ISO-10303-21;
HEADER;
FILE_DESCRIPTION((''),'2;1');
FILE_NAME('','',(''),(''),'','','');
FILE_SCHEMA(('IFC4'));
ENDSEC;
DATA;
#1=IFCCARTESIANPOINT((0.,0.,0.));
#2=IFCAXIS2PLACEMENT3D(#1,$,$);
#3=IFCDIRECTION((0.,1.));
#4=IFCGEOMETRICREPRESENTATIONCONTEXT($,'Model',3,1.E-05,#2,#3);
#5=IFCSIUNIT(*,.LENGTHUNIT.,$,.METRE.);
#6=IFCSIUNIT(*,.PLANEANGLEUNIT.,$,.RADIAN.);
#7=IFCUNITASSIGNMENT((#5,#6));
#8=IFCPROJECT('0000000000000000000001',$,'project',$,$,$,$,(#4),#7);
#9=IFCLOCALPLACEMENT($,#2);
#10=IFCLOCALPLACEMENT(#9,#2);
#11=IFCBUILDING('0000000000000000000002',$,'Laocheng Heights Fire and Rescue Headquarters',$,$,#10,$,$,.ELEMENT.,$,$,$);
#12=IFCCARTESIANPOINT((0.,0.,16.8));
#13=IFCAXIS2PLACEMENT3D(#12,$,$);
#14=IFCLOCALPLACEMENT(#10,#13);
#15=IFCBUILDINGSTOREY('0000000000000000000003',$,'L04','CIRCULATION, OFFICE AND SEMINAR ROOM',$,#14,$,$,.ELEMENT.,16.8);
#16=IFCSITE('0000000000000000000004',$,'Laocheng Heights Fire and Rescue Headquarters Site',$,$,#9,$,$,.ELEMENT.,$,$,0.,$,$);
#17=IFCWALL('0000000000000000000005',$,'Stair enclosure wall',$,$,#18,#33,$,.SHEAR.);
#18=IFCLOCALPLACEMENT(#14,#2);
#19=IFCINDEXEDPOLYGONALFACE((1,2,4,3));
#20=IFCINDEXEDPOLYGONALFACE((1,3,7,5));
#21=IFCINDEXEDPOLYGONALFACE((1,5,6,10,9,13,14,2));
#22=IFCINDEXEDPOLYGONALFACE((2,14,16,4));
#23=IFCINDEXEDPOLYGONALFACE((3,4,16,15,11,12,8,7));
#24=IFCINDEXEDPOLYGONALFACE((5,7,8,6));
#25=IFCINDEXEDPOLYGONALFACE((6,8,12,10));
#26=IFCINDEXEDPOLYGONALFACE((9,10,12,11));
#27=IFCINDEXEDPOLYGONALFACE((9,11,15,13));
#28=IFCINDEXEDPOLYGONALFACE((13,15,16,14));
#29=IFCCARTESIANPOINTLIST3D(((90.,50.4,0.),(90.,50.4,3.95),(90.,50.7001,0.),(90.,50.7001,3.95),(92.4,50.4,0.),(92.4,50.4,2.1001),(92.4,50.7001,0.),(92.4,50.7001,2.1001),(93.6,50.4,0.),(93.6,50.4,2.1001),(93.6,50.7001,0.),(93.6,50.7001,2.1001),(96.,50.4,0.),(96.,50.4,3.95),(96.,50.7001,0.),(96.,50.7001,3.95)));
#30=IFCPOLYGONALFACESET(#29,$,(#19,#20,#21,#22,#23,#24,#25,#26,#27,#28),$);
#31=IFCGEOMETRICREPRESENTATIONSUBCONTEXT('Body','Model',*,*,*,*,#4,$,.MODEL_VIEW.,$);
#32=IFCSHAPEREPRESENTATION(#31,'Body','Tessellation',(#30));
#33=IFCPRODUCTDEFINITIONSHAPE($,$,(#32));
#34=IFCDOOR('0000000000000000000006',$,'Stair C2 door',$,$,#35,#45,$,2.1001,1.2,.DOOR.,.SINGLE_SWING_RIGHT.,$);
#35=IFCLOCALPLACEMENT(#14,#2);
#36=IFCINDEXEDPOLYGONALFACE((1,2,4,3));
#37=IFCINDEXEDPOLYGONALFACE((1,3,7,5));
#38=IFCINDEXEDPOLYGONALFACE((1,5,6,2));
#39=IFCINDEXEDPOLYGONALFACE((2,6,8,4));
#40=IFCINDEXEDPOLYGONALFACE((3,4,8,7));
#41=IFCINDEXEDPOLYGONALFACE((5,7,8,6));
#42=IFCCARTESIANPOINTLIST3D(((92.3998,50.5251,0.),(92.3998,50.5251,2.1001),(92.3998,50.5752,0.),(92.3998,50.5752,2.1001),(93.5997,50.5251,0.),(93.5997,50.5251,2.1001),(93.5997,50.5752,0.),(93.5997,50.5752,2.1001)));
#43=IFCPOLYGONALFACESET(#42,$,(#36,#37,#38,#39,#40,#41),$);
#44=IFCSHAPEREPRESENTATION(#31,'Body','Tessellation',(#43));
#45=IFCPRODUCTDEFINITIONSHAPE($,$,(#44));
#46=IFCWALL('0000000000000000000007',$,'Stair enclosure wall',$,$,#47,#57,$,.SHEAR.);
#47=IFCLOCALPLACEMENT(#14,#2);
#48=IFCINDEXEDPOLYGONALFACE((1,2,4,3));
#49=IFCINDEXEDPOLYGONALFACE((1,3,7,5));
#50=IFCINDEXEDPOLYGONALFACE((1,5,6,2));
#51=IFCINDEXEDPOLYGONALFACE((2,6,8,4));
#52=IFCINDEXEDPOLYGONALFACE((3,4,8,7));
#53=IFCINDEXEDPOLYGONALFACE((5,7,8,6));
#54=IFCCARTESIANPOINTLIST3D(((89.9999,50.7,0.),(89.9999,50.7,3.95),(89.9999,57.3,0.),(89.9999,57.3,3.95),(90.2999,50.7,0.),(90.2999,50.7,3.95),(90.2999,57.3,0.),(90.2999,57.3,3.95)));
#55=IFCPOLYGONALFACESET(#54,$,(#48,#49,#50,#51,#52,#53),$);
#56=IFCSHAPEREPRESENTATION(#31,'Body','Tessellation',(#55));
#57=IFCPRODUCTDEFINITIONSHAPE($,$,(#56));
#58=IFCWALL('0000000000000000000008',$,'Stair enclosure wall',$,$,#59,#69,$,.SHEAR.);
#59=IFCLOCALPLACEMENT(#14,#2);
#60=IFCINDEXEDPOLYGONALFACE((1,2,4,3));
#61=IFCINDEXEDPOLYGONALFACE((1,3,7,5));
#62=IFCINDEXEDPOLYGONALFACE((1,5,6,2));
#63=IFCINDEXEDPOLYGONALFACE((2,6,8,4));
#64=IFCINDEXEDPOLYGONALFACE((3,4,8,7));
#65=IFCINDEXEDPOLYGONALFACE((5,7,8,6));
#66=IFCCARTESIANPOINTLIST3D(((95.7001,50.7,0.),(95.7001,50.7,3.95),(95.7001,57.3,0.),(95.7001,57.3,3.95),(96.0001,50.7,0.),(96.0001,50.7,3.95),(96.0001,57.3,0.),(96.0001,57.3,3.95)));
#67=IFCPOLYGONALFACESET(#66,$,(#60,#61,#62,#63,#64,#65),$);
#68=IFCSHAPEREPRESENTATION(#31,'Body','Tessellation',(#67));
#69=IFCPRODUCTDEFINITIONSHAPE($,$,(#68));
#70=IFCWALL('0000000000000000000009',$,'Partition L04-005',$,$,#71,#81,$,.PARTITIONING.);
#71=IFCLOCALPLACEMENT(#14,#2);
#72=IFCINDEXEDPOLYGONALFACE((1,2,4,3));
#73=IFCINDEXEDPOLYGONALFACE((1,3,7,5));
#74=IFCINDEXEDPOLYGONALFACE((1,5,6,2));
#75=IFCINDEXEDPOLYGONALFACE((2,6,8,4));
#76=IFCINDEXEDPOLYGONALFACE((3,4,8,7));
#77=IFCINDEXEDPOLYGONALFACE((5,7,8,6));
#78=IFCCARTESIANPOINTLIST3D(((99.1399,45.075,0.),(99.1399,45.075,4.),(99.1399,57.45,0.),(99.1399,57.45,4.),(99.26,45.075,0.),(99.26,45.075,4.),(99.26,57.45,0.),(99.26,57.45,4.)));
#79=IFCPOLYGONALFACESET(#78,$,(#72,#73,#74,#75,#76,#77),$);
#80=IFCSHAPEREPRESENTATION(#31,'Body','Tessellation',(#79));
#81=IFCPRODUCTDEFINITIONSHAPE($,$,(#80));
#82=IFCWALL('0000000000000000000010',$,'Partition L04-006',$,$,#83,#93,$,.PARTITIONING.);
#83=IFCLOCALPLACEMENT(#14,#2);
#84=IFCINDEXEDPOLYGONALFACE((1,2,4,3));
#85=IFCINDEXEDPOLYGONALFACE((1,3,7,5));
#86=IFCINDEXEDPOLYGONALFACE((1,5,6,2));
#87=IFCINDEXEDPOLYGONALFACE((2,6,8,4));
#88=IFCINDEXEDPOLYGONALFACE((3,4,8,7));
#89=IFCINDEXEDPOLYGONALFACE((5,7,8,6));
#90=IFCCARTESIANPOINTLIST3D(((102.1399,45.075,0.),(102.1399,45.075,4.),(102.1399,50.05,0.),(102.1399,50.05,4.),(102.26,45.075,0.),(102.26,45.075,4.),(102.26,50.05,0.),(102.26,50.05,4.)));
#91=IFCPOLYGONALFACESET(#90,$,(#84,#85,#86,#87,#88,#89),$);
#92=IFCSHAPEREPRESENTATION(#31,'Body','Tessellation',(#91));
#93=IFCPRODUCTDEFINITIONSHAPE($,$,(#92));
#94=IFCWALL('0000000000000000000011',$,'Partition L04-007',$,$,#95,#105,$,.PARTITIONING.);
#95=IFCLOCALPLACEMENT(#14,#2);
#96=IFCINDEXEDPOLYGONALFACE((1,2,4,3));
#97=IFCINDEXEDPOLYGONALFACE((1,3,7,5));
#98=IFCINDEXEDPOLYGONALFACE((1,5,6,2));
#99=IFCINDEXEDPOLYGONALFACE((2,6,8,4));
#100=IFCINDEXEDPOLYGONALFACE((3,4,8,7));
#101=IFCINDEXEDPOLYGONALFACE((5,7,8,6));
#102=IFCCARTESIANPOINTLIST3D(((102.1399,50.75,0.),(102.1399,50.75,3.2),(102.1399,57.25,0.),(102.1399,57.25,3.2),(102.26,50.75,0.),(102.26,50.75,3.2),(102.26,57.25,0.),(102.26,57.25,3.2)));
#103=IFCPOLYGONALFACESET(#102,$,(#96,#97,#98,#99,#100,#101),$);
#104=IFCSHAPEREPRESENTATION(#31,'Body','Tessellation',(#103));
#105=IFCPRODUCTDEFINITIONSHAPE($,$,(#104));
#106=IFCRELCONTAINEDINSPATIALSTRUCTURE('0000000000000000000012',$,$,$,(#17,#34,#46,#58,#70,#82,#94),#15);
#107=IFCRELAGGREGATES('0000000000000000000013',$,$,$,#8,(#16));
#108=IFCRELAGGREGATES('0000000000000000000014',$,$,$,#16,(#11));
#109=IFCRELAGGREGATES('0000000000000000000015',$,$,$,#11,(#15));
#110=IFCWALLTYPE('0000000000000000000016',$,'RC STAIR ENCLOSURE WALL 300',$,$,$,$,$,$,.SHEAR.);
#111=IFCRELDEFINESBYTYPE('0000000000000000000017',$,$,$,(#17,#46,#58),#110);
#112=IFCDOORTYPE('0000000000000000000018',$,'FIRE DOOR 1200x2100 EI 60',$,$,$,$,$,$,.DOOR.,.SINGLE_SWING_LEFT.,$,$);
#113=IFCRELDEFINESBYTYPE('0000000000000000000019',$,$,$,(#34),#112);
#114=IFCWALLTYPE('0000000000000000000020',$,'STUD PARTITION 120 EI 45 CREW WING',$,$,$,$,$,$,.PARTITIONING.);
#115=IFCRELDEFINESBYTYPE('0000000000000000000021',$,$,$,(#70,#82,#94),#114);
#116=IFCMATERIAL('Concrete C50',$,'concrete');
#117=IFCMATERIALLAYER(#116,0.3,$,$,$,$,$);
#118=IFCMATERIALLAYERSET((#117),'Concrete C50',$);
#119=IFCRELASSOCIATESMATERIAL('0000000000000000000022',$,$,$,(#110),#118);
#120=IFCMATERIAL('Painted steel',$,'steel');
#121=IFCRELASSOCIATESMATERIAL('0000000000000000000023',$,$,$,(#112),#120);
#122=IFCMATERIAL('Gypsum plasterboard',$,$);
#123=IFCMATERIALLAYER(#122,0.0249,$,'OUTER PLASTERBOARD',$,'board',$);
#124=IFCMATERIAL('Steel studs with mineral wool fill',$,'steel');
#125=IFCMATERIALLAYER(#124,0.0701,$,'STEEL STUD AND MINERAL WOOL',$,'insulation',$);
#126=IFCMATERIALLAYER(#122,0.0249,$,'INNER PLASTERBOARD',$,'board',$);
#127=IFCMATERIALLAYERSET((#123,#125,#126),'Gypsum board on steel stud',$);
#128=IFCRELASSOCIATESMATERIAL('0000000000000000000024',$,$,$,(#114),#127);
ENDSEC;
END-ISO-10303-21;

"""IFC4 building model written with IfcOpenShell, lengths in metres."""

from ifc_helpers import new_model, si_unit, direction, frame, frame_2d, origin, place, context, subcontext, project, spatial, rectangle, extrude, material, layer, layer_set, type_object, element, fill, save


model = new_model("IFC4")

# Units and contexts
model_context = context("Model", 3, precision=1e-05, world=origin(), true_north=direction((0.0, 1.0)))
body_context = subcontext(model_context, "Body", "Model", "MODEL_VIEW")
ifc_project = project(units=[si_unit("LENGTHUNIT", "METRE"), si_unit("PLANEANGLEUNIT", "RADIAN")], contexts=[model_context])

# Site, building, storey
site_placement = place(None, origin())
site = spatial("IfcSite", under=ifc_project, at=site_placement, Name="Laocheng Heights Fire and Rescue Headquarters Site", CompositionType="ELEMENT", RefElevation=0.0)
building_placement = place(site_placement, origin())
building = spatial("IfcBuilding", under=site, at=building_placement, Name="Laocheng Heights Fire and Rescue Headquarters", CompositionType="ELEMENT")
storey_placement = place(building_placement, frame((0.0, 0.0, 16.8)))
storey = spatial("IfcBuildingStorey", under=building, at=storey_placement, Name="L04", Description="CIRCULATION, OFFICE AND SEMINAR ROOM", CompositionType="ELEMENT", Elevation=16.8)

# Wall, opening, door
ifc_material_1 = material(Name="Concrete C50", Category="concrete")
ifc_layer_1 = layer(ifc_material_1, 0.3)
ifc_layer_set_1 = layer_set([ifc_layer_1], Name="Concrete C50")
wall_type_1 = type_object("IfcWallType", Name="RC STAIR ENCLOSURE WALL 300", PredefinedType="SHEAR", material=ifc_layer_set_1)
wall_1_placement = place(storey_placement, frame((90.0, 50.55, 0.0), z_axis=(0.0, 0.0, 1.0), x_axis=(1.0, 0.0, 0.0)))
wall_1 = element("IfcWall", 1, at=wall_1_placement, inside=storey, type_object=wall_type_1, Name="Stair enclosure wall", PredefinedType="SHEAR", context=body_context, shape_type="SweptSolid", body=[
    extrude(rectangle(XDim=6.0, YDim=0.3, at=frame_2d((3.0, 0.0))), origin(), (0.0, 0.0, 1.0), 3.95),
])
opening_1_placement = place(wall_1_placement, frame((2.3999, 0.0, 0.0)))
opening_1 = element("IfcOpeningElement", 2, at=opening_1_placement, cuts=wall_1, PredefinedType="OPENING", context=body_context, shape_type="SweptSolid", body=[
    extrude(rectangle(XDim=1.2, YDim=2.1001, at=frame_2d((0.6001, 1.05))), frame((0.0, 0.1599, 0.0), z_axis=(0.0, -1.0, 0.0), x_axis=(1.0, 0.0, 0.0)), (0.0, 0.0, 1.0), 0.3201),
])
ifc_material_2 = material(Name="Painted steel", Category="steel")
door_type_1 = type_object("IfcDoorType", Name="FIRE DOOR 1200x2100 EI 60", OperationType="SINGLE_SWING_LEFT", PredefinedType="DOOR", material=ifc_material_2)
door_1_placement = place(opening_1_placement, frame((1.2, 0.0, 0.0), z_axis=(0.0, 0.0, 1.0), x_axis=(-1.0, 0.0, 0.0)))
door_1 = element("IfcDoor", 3, at=door_1_placement, inside=storey, type_object=door_type_1, Name="Stair C2 door", OperationType="SINGLE_SWING_RIGHT", OverallHeight=2.1001, OverallWidth=1.2, PredefinedType="DOOR", context=body_context, shape_type="SweptSolid", body=[
    extrude(rectangle(XDim=1.2, YDim=2.1001, at=frame_2d((0.6001, 1.05))), frame((0.0, 0.0249, 0.0), z_axis=(0.0, -1.0, 0.0), x_axis=(1.0, 0.0, 0.0)), (0.0, 0.0, 1.0), 0.05),
])
fill(opening_1, door_1)

# Walls
for number, where, z_axis, x_axis, name in (
    (4, (90.1499, 50.7, 0.0), (0.0, 0.0, 1.0), (0.0, 1.0, 0.0), "Stair enclosure wall"),
    (5, (95.8501, 50.7, 0.0), (0.0, 0.0, 1.0), (0.0, 1.0, 0.0), "Stair enclosure wall"),
):
    element("IfcWall", number, at=place(storey_placement, frame(where, z_axis=z_axis, x_axis=x_axis)), inside=storey, type_object=wall_type_1, Name=name, PredefinedType="SHEAR", context=body_context, shape_type="SweptSolid", body=[
        extrude(rectangle(XDim=6.6001, YDim=0.3, at=frame_2d((3.3, 0.0))), origin(), (0.0, 0.0, 1.0), 3.95),
    ])
ifc_material_3 = material(Name="Gypsum plasterboard")
ifc_layer_2 = layer(ifc_material_3, 0.0249, Name="OUTER PLASTERBOARD", Category="board")
ifc_material_4 = material(Name="Steel studs with mineral wool fill", Category="steel")
ifc_layer_3 = layer(ifc_material_4, 0.0701, Name="STEEL STUD AND MINERAL WOOL", Category="insulation")
ifc_layer_4 = layer(ifc_material_3, 0.0249, Name="INNER PLASTERBOARD", Category="board")
ifc_layer_set_2 = layer_set([ifc_layer_2, ifc_layer_3, ifc_layer_4], Name="Gypsum board on steel stud")
wall_type_2 = type_object("IfcWallType", Name="STUD PARTITION 120 EI 45 CREW WING", PredefinedType="PARTITIONING", material=ifc_layer_set_2)
wall_2_placement = place(storey_placement, frame((99.2, 45.075, 0.0), z_axis=(0.0, 0.0, 1.0), x_axis=(0.0, 1.0, 0.0)))
element("IfcWall", 6, at=wall_2_placement, inside=storey, type_object=wall_type_2, Name="Partition L04-005", PredefinedType="PARTITIONING", context=body_context, shape_type="SweptSolid", body=[
    extrude(rectangle(XDim=12.375, YDim=0.1201, at=frame_2d((6.1875, 0.0))), origin(), (0.0, 0.0, 1.0), 4.0),
])
wall_3_placement = place(storey_placement, frame((102.2, 45.075, 0.0), z_axis=(0.0, 0.0, 1.0), x_axis=(0.0, 1.0, 0.0)))
element("IfcWall", 7, at=wall_3_placement, inside=storey, type_object=wall_type_2, Name="Partition L04-006", PredefinedType="PARTITIONING", context=body_context, shape_type="SweptSolid", body=[
    extrude(rectangle(XDim=4.9751, YDim=0.1201, at=frame_2d((2.4875, 0.0))), origin(), (0.0, 0.0, 1.0), 4.0),
])
wall_4_placement = place(storey_placement, frame((102.2, 50.75, 0.0), z_axis=(0.0, 0.0, 1.0), x_axis=(0.0, 1.0, 0.0)))
element("IfcWall", 8, at=wall_4_placement, inside=storey, type_object=wall_type_2, Name="Partition L04-007", PredefinedType="PARTITIONING", context=body_context, shape_type="SweptSolid", body=[
    extrude(rectangle(XDim=6.5, YDim=0.1201, at=frame_2d((3.25, 0.0))), origin(), (0.0, 0.0, 1.0), 3.2),
])

save(model, "model.ifc")
